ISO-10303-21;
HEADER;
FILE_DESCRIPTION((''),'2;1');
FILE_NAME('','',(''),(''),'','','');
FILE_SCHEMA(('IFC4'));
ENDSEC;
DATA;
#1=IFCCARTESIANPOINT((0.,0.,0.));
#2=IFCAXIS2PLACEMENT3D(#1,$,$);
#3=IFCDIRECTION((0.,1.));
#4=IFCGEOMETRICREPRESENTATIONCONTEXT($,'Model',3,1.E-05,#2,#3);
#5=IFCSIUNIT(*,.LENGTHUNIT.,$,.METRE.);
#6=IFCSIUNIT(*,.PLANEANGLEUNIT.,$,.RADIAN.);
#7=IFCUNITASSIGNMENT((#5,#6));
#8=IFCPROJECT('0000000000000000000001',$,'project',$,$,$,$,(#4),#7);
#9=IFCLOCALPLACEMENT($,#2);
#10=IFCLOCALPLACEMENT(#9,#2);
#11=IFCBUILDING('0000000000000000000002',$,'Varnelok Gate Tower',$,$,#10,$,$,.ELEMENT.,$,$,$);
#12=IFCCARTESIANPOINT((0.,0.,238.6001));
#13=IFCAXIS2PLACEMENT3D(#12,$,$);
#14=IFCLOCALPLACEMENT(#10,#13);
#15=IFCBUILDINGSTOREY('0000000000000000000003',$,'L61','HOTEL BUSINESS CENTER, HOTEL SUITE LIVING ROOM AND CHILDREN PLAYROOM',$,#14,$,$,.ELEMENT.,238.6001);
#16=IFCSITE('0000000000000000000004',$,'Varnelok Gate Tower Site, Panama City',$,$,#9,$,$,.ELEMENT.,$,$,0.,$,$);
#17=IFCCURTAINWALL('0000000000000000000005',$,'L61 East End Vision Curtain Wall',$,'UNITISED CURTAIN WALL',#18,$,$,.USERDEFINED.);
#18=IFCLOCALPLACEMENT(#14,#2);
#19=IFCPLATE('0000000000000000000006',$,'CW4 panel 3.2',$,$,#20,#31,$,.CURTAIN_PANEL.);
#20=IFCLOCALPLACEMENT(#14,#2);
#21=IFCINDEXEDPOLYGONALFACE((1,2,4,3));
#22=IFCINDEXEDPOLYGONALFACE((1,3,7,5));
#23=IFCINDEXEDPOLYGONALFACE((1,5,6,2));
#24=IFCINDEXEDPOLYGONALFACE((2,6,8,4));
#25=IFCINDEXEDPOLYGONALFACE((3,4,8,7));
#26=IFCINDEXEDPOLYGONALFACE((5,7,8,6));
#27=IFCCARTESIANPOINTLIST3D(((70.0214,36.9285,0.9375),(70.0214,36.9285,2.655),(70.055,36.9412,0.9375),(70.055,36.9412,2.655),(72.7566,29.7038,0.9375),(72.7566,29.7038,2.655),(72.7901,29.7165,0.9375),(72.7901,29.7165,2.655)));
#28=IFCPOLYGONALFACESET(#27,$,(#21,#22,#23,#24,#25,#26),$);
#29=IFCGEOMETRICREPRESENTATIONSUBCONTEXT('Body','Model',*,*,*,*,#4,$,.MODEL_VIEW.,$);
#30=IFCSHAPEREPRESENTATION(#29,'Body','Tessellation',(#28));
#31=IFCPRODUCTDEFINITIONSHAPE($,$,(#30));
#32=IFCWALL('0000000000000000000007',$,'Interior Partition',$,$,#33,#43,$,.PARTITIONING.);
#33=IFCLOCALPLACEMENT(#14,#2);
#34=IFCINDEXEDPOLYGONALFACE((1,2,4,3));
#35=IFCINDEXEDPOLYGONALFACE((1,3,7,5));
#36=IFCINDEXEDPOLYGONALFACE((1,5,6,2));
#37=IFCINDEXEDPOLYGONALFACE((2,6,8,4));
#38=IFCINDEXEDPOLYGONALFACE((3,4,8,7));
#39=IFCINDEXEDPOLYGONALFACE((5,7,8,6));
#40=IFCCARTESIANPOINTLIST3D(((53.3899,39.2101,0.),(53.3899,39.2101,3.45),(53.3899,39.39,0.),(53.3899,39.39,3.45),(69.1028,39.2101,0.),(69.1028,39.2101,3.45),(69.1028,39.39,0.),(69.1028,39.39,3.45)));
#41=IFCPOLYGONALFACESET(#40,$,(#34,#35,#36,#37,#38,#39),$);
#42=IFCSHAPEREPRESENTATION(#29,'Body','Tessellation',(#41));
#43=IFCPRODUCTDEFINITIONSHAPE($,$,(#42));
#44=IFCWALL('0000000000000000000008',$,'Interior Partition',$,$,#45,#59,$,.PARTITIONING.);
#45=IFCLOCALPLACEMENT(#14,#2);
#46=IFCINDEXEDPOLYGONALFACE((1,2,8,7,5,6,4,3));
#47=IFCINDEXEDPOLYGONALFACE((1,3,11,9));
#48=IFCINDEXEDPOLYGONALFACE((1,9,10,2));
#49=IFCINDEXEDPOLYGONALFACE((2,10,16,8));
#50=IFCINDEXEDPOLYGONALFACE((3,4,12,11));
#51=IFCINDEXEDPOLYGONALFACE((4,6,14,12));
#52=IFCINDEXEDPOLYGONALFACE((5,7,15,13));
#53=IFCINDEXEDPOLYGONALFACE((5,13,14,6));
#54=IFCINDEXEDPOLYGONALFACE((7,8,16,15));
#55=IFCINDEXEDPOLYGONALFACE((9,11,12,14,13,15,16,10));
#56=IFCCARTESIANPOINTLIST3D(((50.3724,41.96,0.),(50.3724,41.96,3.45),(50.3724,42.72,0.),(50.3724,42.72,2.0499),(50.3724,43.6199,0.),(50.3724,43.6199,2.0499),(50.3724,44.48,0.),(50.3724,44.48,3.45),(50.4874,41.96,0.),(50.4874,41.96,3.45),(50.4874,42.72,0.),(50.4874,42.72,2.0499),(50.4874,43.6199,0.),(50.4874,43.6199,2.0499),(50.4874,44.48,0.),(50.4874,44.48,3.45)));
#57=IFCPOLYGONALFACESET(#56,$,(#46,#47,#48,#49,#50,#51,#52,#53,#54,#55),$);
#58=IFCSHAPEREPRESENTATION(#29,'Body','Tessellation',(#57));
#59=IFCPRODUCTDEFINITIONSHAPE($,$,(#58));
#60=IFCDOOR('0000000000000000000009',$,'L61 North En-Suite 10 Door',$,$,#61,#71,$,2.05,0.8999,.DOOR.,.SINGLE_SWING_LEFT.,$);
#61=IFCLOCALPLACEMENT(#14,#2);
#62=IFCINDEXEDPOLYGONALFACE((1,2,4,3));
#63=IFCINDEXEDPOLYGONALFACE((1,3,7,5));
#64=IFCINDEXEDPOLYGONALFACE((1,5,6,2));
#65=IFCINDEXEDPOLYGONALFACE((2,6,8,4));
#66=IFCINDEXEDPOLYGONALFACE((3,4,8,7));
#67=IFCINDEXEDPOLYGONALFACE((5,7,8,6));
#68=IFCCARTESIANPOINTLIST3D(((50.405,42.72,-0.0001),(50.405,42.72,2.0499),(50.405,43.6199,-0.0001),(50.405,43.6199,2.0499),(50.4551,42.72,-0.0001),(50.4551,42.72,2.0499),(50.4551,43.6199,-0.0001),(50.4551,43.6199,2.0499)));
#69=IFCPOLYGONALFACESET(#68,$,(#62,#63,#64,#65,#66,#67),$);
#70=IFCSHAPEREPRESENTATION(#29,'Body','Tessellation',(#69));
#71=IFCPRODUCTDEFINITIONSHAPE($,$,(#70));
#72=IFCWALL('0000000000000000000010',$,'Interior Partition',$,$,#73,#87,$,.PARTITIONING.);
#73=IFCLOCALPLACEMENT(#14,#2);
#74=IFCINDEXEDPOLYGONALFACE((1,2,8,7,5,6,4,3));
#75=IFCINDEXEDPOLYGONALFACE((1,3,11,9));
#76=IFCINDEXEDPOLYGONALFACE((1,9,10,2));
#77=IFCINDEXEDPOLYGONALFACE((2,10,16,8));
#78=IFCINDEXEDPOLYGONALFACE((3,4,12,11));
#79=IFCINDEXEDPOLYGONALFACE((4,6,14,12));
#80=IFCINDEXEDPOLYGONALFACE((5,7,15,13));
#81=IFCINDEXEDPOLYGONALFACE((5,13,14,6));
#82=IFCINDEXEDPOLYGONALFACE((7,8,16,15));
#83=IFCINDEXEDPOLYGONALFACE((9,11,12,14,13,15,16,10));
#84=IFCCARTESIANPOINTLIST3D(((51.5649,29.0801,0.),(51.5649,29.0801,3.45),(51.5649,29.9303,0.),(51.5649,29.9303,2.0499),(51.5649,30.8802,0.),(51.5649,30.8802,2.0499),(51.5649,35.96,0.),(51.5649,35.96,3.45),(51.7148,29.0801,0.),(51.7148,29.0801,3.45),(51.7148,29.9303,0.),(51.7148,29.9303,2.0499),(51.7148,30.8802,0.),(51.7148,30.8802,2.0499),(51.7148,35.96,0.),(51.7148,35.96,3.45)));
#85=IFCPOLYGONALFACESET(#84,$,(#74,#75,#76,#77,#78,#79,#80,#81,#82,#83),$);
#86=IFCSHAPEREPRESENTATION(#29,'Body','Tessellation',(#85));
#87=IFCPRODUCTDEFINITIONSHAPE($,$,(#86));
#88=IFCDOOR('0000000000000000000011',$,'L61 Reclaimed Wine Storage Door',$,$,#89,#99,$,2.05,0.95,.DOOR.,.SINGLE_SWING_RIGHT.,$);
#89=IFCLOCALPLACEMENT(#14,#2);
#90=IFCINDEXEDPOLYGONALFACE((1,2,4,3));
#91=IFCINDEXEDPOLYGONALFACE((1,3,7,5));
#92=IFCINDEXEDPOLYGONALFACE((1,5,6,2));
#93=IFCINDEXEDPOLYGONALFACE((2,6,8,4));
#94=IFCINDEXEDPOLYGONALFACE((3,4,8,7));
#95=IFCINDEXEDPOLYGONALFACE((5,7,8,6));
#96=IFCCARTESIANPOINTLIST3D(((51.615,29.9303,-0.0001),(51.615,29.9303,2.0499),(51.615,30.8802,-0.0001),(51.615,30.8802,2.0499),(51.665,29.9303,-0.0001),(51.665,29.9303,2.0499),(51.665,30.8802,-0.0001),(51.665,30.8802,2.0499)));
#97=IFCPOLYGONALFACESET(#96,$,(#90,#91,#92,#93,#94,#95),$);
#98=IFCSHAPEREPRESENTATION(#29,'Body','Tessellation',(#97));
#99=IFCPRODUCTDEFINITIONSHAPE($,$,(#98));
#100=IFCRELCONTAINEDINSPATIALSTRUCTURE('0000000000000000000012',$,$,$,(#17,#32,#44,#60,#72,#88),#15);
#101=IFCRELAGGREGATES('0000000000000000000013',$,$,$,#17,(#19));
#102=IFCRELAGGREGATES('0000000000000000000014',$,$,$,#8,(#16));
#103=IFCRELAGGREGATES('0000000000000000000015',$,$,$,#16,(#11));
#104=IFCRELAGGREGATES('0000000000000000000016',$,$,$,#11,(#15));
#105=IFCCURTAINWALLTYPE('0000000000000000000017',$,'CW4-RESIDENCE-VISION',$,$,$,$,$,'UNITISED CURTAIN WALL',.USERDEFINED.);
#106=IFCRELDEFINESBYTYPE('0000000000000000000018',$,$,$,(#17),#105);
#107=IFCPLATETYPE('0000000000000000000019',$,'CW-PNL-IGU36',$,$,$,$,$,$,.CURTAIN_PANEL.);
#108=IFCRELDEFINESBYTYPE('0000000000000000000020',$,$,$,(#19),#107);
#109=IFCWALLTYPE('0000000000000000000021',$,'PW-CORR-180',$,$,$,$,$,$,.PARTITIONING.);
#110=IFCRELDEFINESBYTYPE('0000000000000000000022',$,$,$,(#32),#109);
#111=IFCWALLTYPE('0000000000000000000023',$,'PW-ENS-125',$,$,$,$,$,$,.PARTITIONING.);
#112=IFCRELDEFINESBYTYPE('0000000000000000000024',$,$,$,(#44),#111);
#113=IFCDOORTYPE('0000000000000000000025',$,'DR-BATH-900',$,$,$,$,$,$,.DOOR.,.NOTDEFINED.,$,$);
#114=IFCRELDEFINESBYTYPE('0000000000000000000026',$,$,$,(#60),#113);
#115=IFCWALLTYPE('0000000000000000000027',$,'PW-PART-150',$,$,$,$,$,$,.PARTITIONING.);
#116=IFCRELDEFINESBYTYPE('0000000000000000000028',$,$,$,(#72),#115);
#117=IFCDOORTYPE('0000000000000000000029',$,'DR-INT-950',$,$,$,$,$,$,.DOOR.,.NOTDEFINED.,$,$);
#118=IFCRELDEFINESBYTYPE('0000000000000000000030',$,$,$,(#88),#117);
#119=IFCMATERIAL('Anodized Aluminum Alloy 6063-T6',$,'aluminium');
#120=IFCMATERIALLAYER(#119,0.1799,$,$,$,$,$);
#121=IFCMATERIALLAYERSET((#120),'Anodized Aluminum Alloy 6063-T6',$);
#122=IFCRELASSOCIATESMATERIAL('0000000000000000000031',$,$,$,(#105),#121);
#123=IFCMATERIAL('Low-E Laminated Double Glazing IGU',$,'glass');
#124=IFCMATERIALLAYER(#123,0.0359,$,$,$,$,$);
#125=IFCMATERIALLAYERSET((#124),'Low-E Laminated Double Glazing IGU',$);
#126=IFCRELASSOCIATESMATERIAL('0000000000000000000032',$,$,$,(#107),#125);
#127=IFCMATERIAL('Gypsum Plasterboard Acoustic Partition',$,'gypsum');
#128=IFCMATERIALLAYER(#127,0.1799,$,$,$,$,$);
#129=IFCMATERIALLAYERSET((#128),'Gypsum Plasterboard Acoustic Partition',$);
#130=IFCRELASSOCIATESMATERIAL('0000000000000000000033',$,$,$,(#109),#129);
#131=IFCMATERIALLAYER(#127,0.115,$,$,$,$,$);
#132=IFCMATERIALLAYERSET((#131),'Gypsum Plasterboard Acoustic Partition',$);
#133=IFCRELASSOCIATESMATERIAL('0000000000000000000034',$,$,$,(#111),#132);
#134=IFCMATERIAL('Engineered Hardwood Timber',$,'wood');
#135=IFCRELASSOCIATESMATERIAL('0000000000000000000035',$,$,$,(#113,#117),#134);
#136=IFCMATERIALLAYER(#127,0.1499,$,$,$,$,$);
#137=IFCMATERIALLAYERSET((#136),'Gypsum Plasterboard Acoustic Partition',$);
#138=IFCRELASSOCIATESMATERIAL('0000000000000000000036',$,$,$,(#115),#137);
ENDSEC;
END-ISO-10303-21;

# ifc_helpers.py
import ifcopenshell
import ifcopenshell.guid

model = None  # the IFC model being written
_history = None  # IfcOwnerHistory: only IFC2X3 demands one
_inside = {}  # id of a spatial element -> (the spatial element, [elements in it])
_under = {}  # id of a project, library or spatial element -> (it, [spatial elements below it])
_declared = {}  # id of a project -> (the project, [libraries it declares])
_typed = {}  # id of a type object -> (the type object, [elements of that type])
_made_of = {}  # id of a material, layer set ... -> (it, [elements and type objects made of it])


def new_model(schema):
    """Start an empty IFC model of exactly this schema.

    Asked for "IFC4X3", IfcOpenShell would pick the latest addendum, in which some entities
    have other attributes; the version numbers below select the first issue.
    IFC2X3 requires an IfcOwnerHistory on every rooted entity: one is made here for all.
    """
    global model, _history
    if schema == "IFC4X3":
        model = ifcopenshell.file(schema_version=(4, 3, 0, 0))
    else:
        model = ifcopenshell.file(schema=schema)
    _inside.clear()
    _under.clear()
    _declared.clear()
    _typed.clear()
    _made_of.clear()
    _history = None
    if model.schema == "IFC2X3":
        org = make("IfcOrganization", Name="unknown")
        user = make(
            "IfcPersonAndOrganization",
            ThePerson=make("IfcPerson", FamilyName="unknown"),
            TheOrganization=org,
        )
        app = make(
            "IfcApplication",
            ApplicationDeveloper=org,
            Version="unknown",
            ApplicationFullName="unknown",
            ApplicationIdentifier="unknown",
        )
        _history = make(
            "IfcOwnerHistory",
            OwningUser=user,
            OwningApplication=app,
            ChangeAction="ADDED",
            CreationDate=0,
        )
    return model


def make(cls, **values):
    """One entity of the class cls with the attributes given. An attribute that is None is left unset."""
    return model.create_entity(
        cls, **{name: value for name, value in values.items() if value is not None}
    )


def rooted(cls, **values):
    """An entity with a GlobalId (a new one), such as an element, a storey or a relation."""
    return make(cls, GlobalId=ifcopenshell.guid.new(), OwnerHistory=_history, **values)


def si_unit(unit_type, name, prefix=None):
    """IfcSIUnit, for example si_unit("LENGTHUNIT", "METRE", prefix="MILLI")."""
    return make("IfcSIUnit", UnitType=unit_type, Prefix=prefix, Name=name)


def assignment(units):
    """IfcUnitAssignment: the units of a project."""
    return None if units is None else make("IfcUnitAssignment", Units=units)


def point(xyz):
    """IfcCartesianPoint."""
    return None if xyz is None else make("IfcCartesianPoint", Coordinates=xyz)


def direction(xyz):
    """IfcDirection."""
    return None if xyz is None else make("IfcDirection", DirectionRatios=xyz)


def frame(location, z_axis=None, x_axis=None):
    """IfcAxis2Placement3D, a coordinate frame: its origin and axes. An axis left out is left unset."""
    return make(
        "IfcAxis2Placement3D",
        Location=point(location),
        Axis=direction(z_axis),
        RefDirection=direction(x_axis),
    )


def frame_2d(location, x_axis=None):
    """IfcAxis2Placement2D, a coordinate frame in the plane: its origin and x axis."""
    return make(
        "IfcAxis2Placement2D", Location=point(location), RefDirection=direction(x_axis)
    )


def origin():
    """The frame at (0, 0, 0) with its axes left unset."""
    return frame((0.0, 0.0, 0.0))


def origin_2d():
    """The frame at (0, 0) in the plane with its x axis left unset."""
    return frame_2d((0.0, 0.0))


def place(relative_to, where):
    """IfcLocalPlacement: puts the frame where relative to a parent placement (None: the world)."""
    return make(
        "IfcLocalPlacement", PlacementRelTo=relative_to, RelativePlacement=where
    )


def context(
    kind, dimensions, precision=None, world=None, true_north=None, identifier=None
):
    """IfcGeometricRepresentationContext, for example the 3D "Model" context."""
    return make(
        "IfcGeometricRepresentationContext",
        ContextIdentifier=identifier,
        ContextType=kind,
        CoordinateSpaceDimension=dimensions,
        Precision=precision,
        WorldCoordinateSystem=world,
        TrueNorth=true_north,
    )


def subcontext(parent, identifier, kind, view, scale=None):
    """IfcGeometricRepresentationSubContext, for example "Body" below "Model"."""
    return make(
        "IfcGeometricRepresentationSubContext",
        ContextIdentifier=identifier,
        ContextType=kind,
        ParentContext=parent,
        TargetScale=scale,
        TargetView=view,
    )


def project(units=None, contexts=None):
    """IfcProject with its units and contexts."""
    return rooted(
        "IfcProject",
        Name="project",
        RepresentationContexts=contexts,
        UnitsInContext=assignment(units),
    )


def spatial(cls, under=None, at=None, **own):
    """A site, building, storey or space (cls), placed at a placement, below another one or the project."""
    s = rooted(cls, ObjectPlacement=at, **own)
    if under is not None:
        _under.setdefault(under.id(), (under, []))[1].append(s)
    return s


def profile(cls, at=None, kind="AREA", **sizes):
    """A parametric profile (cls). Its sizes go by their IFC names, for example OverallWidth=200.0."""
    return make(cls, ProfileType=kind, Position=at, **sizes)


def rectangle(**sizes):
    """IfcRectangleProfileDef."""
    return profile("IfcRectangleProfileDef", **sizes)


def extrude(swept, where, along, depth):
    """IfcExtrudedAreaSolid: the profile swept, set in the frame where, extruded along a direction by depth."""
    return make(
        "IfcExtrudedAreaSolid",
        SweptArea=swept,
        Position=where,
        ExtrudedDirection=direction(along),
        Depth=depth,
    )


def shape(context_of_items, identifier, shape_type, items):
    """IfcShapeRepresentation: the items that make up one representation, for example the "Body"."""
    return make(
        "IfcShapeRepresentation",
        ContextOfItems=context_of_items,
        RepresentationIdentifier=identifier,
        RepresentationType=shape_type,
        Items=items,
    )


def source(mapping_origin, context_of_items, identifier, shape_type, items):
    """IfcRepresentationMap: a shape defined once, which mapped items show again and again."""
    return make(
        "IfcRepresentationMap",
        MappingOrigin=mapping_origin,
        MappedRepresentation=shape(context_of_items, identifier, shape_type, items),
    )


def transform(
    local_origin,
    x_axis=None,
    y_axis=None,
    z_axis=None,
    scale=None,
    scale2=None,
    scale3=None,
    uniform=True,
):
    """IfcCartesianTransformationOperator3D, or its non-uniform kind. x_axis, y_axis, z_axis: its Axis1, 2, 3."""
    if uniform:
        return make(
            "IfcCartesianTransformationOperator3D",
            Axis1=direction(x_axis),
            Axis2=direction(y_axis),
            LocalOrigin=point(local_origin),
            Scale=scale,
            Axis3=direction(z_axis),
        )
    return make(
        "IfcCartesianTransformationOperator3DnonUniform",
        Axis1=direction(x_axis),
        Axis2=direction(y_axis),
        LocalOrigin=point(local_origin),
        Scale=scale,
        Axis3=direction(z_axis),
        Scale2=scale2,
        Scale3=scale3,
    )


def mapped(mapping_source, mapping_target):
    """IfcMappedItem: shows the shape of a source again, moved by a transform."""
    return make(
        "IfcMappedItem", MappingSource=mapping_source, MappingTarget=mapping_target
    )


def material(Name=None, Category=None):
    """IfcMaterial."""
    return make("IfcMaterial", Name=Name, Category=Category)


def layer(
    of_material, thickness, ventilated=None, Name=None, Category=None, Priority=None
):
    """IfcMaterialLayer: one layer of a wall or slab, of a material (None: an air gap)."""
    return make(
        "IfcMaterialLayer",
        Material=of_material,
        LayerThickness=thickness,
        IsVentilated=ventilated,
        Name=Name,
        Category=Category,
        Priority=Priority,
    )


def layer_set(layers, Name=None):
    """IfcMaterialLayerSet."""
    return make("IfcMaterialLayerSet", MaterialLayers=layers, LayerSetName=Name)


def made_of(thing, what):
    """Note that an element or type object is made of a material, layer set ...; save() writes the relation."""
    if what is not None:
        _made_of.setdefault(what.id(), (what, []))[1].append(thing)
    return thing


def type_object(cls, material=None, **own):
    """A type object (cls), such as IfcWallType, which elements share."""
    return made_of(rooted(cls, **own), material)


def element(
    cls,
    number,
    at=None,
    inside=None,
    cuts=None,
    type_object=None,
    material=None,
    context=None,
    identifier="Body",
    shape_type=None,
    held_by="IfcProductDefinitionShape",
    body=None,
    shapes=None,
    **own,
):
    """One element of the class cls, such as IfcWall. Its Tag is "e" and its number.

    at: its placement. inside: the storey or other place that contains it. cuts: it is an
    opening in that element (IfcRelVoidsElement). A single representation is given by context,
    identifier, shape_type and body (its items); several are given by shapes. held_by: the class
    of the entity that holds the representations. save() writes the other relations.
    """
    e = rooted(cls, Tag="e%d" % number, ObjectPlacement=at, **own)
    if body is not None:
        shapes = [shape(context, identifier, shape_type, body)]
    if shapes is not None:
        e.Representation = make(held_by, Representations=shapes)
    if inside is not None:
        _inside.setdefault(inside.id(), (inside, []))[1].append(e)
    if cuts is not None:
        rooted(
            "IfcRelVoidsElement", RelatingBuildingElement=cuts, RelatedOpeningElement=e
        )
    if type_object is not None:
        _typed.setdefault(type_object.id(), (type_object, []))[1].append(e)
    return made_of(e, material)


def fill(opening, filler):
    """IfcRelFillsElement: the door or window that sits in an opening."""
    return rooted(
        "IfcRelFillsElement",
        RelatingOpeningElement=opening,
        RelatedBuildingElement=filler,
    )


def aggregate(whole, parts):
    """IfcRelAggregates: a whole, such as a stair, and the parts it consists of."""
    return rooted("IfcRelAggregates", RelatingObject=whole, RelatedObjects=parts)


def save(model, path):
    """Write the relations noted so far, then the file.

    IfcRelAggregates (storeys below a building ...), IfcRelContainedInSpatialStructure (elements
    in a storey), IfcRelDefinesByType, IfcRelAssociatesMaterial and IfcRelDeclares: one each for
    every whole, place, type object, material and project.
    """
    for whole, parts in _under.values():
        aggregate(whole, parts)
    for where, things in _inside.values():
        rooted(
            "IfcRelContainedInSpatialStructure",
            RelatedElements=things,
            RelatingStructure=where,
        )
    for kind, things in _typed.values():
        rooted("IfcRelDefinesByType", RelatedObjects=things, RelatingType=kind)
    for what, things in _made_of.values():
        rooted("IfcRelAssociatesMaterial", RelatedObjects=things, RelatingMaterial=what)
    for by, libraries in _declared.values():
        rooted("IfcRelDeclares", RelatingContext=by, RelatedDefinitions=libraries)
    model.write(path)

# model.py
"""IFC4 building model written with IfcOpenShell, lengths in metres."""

from ifc_helpers import new_model, si_unit, direction, frame, frame_2d, origin, origin_2d, place, context, subcontext, project, spatial, rectangle, extrude, source, transform, mapped, material, layer, layer_set, type_object, element, fill, aggregate, save


model = new_model("IFC4")

# Units and contexts
model_context = context("Model", 3, precision=1e-05, world=origin(), true_north=direction((0.0, 1.0)))
body_context = subcontext(model_context, "Body", "Model", "MODEL_VIEW")
ifc_project = project(units=[si_unit("LENGTHUNIT", "METRE"), si_unit("PLANEANGLEUNIT", "RADIAN")], contexts=[model_context])

# Site, building, storey
site_placement = place(None, origin())
site = spatial("IfcSite", under=ifc_project, at=site_placement, Name="Varnelok Gate Tower Site, Panama City", CompositionType="ELEMENT", RefElevation=0.0)
building_placement = place(site_placement, origin())
building = spatial("IfcBuilding", under=site, at=building_placement, Name="Varnelok Gate Tower", CompositionType="ELEMENT")
storey_placement = place(building_placement, frame((0.0, 0.0, 238.6001)))
storey = spatial("IfcBuildingStorey", under=building, at=storey_placement, Name="L61", Description="HOTEL BUSINESS CENTER, HOTEL SUITE LIVING ROOM AND CHILDREN PLAYROOM", CompositionType="ELEMENT", Elevation=238.6001)

# Curtain wall, plate
ifc_material_1 = material(Name="Anodized Aluminum Alloy 6063-T6", Category="aluminium")
ifc_layer_1 = layer(ifc_material_1, 0.1799)
ifc_layer_set_1 = layer_set([ifc_layer_1], Name="Anodized Aluminum Alloy 6063-T6")
curtain_wall_type = type_object("IfcCurtainWallType", Name="CW4-RESIDENCE-VISION", ElementType="UNITISED CURTAIN WALL", PredefinedType="USERDEFINED", material=ifc_layer_set_1)
curtain_wall_placement = place(storey_placement, origin())
curtain_wall = element("IfcCurtainWall", 1, at=curtain_wall_placement, inside=storey, type_object=curtain_wall_type, Name="L61 East End Vision Curtain Wall", ObjectType="UNITISED CURTAIN WALL", PredefinedType="USERDEFINED")
ifc_material_2 = material(Name="Low-E Laminated Double Glazing IGU", Category="glass")
ifc_layer_2 = layer(ifc_material_2, 0.0359)
ifc_layer_set_2 = layer_set([ifc_layer_2], Name="Low-E Laminated Double Glazing IGU")
plate_type = type_object("IfcPlateType", Name="CW-PNL-IGU36", PredefinedType="CURTAIN_PANEL", material=ifc_layer_set_2)
shared_shape_1 = source(origin(), body_context, "Body", "SweptSolid", [
    extrude(rectangle(XDim=7.7251, YDim=0.0359, at=origin_2d()), origin(), (0.0, 0.0, 1.0), 1.7175),
])
plate_1_placement = place(storey_placement, frame((71.4058, 33.3225, 0.9375), z_axis=(0.0, 0.0, 1.0), x_axis=(0.354063, -0.935222, 0.0)))
plate_1 = element("IfcPlate", 2, at=plate_1_placement, type_object=plate_type, Name="CW4 panel 3.2", PredefinedType="CURTAIN_PANEL", context=body_context, shape_type="MappedRepresentation", body=[
    mapped(shared_shape_1, transform((0.0, 0.0, 0.0), scale=1.0)),
])
aggregate(curtain_wall, [plate_1])

# Wall
ifc_material_3 = material(Name="Gypsum Plasterboard Acoustic Partition", Category="gypsum")
ifc_layer_3 = layer(ifc_material_3, 0.1799)
ifc_layer_set_3 = layer_set([ifc_layer_3], Name="Gypsum Plasterboard Acoustic Partition")
wall_type_1 = type_object("IfcWallType", Name="PW-CORR-180", PredefinedType="PARTITIONING", material=ifc_layer_set_3)
wall_1_placement = place(storey_placement, frame((53.3899, 39.3, 0.0), z_axis=(0.0, 0.0, 1.0), x_axis=(1.0, 0.0, 0.0)))
element("IfcWall", 3, at=wall_1_placement, inside=storey, type_object=wall_type_1, Name="Interior Partition", PredefinedType="PARTITIONING", context=body_context, shape_type="SweptSolid", body=[
    extrude(rectangle(XDim=15.7129, YDim=0.1799, at=frame_2d((7.8564, 0.0))), origin(), (0.0, 0.0, 1.0), 3.45),
])

# Walls, openings, doors
ifc_layer_4 = layer(ifc_material_3, 0.115)
ifc_layer_set_4 = layer_set([ifc_layer_4], Name="Gypsum Plasterboard Acoustic Partition")
wall_type_2 = type_object("IfcWallType", Name="PW-ENS-125", PredefinedType="PARTITIONING", material=ifc_layer_set_4)
wall_2_placement = place(storey_placement, frame((50.4299, 41.96, 0.0), z_axis=(0.0, 0.0, 1.0), x_axis=(0.0, 1.0, 0.0)))
wall_2 = element("IfcWall", 4, at=wall_2_placement, inside=storey, type_object=wall_type_2, Name="Interior Partition", PredefinedType="PARTITIONING", context=body_context, shape_type="SweptSolid", body=[
    extrude(rectangle(XDim=2.52, YDim=0.115, at=frame_2d((1.26, 0.0))), origin(), (0.0, 0.0, 1.0), 3.45),
])
opening_1_placement = place(wall_2_placement, frame((0.76, 0.0, 0.0)))
opening_1 = element("IfcOpeningElement", 5, at=opening_1_placement, cuts=wall_2, PredefinedType="OPENING", context=body_context, shape_type="SweptSolid", body=[
    extrude(rectangle(XDim=0.8999, YDim=2.05, at=frame_2d((0.45, 1.0249))), frame((0.0, 0.0674, 0.0), z_axis=(0.0, -1.0, 0.0), x_axis=(1.0, 0.0, 0.0)), (0.0, 0.0, 1.0), 0.135),
])
ifc_material_4 = material(Name="Engineered Hardwood Timber", Category="wood")
door_type_1 = type_object("IfcDoorType", Name="DR-BATH-900", OperationType="NOTDEFINED", PredefinedType="DOOR", material=ifc_material_4)
door_1_placement = place(opening_1_placement, origin())
door_1 = element("IfcDoor", 6, at=door_1_placement, inside=storey, type_object=door_type_1, Name="L61 North En-Suite 10 Door", OperationType="SINGLE_SWING_LEFT", OverallHeight=2.05, OverallWidth=0.8999, PredefinedType="DOOR", context=body_context, shape_type="SweptSolid", body=[
    extrude(rectangle(XDim=0.8999, YDim=2.05, at=frame_2d((0.45, 1.0249))), frame((0.0, 0.0249, 0.0), z_axis=(0.0, -1.0, 0.0), x_axis=(1.0, 0.0, 0.0)), (0.0, 0.0, 1.0), 0.05),
])
fill(opening_1, door_1)
ifc_layer_5 = layer(ifc_material_3, 0.1499)
ifc_layer_set_5 = layer_set([ifc_layer_5], Name="Gypsum Plasterboard Acoustic Partition")
wall_type_3 = type_object("IfcWallType", Name="PW-PART-150", PredefinedType="PARTITIONING", material=ifc_layer_set_5)
wall_3_placement = place(storey_placement, frame((51.6399, 29.0801, 0.0), z_axis=(0.0, 0.0, 1.0), x_axis=(0.0, 1.0, 0.0)))
wall_3 = element("IfcWall", 7, at=wall_3_placement, inside=storey, type_object=wall_type_3, Name="Interior Partition", PredefinedType="PARTITIONING", context=body_context, shape_type="SweptSolid", body=[
    extrude(rectangle(XDim=6.8799, YDim=0.1499, at=frame_2d((3.4399, 0.0))), origin(), (0.0, 0.0, 1.0), 3.45),
])
opening_2_placement = place(wall_3_placement, frame((0.8501, 0.0, 0.0)))
opening_2 = element("IfcOpeningElement", 8, at=opening_2_placement, cuts=wall_3, PredefinedType="OPENING", context=body_context, shape_type="SweptSolid", body=[
    extrude(rectangle(XDim=0.95, YDim=2.05, at=frame_2d((0.4751, 1.0249))), frame((0.0, 0.085, 0.0), z_axis=(0.0, -1.0, 0.0), x_axis=(1.0, 0.0, 0.0)), (0.0, 0.0, 1.0), 0.1699),
])
door_type_2 = type_object("IfcDoorType", Name="DR-INT-950", OperationType="NOTDEFINED", PredefinedType="DOOR", material=ifc_material_4)
door_2_placement = place(opening_2_placement, origin())
door_2 = element("IfcDoor", 9, at=door_2_placement, inside=storey, type_object=door_type_2, Name="L61 Reclaimed Wine Storage Door", OperationType="SINGLE_SWING_RIGHT", OverallHeight=2.05, OverallWidth=0.95, PredefinedType="DOOR", context=body_context, shape_type="SweptSolid", body=[
    extrude(rectangle(XDim=0.95, YDim=2.05, at=frame_2d((0.4751, 1.0249))), frame((0.0, 0.0249, 0.0), z_axis=(0.0, -1.0, 0.0), x_axis=(1.0, 0.0, 0.0)), (0.0, 0.0, 1.0), 0.05),
])
fill(opening_2, door_2)

save(model, "model.ifc")
